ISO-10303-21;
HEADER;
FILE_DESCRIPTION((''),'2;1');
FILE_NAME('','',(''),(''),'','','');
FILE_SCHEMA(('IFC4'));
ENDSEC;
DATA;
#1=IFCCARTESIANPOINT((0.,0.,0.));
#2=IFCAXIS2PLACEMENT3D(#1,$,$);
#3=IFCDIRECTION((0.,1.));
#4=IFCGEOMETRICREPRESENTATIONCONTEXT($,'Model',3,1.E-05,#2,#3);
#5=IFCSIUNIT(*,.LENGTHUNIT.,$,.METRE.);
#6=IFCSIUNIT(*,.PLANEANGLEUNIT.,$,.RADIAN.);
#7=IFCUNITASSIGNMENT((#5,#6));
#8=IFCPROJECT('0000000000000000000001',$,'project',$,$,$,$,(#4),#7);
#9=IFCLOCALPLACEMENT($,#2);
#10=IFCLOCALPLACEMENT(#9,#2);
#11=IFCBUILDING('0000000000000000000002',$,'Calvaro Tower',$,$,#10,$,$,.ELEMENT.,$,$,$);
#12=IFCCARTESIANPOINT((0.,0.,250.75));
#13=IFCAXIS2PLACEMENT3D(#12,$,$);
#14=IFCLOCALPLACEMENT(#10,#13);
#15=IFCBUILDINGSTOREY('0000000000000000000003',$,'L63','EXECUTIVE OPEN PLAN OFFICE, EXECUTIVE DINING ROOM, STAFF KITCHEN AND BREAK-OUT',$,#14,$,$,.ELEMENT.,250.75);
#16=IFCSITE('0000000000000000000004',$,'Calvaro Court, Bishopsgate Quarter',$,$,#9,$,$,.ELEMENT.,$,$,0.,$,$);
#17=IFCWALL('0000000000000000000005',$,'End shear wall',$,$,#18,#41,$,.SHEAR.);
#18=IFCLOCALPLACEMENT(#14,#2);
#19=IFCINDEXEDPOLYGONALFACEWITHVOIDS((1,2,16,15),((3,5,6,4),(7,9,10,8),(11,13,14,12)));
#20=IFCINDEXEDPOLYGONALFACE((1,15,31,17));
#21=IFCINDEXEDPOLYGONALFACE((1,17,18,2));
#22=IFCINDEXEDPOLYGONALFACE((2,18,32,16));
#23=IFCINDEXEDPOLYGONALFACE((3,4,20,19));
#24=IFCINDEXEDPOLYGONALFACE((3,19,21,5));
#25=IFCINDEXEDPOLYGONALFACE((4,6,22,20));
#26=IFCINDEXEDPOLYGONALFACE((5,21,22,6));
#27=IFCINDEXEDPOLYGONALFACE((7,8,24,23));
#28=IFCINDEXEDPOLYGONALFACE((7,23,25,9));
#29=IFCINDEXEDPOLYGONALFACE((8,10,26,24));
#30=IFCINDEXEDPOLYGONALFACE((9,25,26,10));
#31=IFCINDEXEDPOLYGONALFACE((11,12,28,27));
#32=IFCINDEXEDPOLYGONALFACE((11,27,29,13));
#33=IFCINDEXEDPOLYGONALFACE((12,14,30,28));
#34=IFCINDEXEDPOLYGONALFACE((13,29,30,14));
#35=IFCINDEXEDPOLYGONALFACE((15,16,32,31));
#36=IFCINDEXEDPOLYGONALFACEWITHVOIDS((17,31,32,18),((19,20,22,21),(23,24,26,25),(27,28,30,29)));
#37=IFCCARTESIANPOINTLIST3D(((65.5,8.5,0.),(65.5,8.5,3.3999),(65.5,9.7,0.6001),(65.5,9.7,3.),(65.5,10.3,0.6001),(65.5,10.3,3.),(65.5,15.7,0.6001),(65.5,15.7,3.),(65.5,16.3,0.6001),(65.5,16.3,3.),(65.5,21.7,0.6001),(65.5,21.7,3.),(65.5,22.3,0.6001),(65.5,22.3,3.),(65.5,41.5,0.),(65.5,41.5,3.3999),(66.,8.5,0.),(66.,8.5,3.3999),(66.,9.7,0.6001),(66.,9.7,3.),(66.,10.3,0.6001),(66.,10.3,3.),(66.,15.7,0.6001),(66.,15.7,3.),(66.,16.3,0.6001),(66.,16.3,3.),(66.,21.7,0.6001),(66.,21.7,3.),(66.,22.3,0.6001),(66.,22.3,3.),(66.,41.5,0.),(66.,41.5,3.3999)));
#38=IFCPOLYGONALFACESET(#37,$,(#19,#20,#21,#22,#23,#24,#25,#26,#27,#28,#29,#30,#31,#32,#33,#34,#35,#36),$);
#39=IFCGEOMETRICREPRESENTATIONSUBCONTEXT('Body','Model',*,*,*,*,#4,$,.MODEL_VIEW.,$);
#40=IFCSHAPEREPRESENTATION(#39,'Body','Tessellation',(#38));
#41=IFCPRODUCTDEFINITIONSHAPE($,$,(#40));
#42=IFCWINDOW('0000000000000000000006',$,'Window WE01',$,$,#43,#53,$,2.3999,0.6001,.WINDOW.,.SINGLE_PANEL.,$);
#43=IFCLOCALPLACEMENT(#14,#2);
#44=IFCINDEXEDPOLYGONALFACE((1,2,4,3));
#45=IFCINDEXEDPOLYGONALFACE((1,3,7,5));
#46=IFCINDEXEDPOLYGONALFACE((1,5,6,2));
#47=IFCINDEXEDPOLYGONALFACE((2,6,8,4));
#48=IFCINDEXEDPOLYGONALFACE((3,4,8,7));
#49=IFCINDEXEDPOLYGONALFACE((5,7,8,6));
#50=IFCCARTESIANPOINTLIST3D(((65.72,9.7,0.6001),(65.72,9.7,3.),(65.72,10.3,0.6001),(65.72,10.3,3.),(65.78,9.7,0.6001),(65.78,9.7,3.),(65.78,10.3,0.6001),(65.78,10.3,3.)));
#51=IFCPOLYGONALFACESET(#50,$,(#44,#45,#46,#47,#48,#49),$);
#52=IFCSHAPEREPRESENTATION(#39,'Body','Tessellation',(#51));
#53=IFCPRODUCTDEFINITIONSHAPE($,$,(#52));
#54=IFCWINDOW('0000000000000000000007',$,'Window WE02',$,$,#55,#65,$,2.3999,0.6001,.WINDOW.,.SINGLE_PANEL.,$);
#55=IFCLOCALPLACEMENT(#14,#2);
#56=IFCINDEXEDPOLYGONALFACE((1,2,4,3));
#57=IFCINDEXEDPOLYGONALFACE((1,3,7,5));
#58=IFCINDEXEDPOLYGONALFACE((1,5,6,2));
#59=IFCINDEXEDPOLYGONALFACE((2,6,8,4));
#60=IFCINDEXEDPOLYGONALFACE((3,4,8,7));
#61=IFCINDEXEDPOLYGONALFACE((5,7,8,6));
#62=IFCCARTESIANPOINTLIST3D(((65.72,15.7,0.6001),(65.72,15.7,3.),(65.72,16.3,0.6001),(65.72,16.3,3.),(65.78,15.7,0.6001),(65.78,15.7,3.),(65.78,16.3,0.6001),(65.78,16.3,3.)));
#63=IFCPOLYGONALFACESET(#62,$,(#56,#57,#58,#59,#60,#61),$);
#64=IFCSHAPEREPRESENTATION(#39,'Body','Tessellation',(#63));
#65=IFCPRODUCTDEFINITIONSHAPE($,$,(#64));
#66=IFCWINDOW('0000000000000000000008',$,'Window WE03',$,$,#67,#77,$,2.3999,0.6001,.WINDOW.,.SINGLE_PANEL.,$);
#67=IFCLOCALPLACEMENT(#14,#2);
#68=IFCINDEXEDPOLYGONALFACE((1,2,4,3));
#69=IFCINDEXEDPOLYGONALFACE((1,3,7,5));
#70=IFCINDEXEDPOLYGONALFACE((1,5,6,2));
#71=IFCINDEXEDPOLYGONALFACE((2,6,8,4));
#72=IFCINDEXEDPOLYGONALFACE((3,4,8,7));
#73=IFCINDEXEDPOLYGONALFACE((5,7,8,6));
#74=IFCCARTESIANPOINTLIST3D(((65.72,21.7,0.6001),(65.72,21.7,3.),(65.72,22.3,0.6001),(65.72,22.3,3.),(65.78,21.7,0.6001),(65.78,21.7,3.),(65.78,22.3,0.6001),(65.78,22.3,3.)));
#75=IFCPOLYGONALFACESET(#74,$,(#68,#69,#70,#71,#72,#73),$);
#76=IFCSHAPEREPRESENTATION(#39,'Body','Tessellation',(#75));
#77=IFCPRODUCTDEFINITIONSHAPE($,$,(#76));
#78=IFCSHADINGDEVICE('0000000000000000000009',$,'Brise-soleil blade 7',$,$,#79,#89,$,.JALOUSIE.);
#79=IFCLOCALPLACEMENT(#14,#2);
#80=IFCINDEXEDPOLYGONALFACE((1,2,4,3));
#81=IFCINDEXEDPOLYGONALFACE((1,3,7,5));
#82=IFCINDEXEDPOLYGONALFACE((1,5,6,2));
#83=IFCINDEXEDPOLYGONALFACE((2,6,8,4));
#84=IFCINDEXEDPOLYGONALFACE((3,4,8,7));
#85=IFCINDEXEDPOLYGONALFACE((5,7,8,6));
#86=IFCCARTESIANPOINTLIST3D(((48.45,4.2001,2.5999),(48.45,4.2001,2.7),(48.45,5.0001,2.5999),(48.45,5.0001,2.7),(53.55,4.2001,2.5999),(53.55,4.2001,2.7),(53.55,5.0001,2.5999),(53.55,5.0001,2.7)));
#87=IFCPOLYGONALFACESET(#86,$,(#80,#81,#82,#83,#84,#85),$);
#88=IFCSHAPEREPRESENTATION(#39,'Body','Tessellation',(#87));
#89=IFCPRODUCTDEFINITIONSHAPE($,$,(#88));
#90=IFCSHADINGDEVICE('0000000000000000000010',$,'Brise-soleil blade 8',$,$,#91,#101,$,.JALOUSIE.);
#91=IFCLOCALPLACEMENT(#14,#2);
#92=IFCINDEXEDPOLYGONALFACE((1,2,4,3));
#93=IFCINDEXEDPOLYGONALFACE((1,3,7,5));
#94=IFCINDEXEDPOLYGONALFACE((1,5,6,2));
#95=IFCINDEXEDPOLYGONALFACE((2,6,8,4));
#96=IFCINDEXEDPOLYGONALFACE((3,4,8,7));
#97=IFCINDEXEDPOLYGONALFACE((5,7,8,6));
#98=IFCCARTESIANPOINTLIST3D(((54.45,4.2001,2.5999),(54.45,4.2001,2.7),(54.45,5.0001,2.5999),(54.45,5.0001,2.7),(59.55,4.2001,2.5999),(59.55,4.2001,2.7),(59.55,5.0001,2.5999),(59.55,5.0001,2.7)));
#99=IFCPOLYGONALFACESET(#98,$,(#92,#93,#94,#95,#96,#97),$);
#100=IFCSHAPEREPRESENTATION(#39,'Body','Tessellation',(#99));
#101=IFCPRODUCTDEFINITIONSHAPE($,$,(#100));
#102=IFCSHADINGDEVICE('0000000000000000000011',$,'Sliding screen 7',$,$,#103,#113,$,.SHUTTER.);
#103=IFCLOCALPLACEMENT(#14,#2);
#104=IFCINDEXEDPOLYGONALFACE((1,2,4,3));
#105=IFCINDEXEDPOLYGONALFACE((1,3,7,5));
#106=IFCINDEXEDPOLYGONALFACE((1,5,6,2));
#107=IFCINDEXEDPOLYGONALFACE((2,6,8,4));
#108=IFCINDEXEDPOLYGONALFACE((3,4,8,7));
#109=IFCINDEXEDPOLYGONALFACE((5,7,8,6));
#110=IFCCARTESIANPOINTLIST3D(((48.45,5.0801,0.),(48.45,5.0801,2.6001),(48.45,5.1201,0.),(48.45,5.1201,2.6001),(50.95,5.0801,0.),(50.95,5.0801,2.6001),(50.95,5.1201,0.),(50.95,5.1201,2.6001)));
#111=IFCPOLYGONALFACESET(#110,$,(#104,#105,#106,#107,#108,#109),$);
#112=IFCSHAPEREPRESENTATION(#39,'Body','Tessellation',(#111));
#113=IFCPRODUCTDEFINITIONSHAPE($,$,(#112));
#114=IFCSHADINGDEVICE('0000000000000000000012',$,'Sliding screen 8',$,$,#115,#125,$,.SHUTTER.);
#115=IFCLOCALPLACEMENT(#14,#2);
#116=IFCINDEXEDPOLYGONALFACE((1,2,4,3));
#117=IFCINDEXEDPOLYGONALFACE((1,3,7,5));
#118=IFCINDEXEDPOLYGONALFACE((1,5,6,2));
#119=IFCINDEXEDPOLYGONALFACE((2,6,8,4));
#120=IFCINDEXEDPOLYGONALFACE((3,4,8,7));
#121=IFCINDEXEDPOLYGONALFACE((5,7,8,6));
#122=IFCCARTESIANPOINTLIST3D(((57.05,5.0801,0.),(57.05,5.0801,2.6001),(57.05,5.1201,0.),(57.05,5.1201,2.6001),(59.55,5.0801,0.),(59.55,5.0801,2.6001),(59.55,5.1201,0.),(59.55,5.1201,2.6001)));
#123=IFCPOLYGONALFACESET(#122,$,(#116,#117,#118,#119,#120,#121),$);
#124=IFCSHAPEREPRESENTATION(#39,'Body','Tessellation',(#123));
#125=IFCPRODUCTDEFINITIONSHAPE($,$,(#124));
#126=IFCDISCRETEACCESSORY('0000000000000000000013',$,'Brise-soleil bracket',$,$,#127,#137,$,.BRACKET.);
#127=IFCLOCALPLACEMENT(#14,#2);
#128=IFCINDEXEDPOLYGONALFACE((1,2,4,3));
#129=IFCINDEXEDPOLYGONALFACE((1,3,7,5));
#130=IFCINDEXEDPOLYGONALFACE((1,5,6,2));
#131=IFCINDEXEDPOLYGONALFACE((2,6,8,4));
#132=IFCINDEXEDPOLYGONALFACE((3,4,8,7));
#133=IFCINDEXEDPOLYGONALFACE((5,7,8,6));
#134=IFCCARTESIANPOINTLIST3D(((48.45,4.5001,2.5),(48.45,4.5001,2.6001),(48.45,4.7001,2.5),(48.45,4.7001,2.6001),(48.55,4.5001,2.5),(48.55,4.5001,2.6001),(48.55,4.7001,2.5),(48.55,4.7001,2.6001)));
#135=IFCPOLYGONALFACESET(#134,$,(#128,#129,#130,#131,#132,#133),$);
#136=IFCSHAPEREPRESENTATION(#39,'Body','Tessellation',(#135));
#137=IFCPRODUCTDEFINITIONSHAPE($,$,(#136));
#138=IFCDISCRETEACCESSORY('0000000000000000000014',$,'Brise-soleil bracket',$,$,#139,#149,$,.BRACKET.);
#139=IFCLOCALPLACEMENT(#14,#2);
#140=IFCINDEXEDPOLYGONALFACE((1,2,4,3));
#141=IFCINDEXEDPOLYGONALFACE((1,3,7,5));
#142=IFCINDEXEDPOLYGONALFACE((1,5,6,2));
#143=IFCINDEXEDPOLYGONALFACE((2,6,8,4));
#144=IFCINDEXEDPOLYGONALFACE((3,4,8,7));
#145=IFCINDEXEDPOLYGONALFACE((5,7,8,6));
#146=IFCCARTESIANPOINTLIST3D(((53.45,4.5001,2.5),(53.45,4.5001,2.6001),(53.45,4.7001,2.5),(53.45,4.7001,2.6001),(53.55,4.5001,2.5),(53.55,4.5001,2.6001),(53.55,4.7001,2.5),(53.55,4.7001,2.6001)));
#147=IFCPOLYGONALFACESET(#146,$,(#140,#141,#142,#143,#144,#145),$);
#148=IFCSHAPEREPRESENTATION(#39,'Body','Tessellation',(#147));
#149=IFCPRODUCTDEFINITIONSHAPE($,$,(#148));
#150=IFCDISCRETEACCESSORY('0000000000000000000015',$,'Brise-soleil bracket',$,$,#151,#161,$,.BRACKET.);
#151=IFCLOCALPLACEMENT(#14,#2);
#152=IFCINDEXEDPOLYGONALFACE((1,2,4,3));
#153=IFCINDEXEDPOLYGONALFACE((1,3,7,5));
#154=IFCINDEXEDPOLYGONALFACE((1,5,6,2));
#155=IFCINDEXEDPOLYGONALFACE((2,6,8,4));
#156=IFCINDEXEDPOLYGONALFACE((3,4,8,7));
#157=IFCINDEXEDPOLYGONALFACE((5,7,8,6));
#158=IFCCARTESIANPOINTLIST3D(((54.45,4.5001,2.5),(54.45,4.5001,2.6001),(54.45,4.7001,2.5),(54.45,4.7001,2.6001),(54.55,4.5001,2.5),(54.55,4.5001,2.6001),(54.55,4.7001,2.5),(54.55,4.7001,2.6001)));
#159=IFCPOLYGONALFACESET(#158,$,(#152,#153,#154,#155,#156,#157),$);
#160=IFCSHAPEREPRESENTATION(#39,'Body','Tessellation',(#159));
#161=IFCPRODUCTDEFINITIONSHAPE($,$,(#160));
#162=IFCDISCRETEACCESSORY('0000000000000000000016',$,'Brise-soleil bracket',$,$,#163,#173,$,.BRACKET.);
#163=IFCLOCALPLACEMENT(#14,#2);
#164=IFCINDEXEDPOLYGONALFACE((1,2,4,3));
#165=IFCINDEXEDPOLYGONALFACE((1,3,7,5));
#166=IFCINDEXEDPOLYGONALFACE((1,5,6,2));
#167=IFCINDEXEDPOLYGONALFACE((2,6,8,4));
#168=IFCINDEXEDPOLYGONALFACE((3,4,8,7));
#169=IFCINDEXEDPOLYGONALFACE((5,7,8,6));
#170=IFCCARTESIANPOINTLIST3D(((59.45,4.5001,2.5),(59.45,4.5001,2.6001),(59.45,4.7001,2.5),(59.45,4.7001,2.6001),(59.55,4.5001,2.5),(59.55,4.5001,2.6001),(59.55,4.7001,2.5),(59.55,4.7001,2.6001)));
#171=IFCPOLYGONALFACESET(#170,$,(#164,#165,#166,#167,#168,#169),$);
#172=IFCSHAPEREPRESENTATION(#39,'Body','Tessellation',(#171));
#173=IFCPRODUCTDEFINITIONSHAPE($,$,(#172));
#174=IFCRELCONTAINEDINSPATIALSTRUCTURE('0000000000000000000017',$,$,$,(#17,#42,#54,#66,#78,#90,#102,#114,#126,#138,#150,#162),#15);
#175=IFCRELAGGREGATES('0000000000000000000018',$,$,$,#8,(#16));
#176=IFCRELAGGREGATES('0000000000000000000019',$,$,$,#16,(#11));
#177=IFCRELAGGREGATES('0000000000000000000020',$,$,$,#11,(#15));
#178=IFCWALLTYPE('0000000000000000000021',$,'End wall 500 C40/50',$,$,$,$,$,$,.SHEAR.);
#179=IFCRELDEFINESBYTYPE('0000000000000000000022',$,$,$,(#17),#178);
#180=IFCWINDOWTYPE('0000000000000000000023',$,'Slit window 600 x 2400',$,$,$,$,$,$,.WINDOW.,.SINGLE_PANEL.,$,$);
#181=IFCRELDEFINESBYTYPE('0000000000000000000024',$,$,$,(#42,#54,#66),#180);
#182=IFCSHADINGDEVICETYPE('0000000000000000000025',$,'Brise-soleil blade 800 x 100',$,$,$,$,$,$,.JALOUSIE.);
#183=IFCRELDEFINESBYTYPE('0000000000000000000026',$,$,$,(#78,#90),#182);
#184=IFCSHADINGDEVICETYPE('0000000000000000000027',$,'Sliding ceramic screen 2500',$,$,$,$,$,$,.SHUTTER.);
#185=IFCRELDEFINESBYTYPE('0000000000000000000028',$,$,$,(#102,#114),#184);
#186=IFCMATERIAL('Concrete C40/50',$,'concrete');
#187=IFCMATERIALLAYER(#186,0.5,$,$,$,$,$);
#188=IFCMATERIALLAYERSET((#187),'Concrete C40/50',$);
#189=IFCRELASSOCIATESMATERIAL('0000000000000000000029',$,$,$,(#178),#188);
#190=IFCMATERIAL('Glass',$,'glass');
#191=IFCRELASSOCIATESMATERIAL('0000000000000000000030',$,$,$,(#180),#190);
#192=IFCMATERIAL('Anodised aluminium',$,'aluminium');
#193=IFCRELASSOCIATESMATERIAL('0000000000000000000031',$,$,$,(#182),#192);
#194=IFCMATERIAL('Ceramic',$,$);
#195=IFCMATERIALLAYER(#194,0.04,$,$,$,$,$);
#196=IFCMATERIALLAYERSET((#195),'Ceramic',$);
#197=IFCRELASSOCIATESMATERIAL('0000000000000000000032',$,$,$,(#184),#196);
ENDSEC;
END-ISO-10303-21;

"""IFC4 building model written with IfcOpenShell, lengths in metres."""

from ifc_helpers import new_model, si_unit, direction, frame, frame_2d, origin, origin_2d, place, context, subcontext, project, spatial, rectangle, extrude, material, layer, layer_set, material_profile, profile_set, type_object, element, fill, save


model = new_model("IFC4")

# Units and contexts
model_context = context("Model", 3, precision=1e-05, world=origin(), true_north=direction((0.0, 1.0)))
body_context = subcontext(model_context, "Body", "Model", "MODEL_VIEW")
ifc_project = project(units=[si_unit("LENGTHUNIT", "METRE"), si_unit("PLANEANGLEUNIT", "RADIAN")], contexts=[model_context])

# Site, building, storey
site_placement = place(None, origin())
site = spatial("IfcSite", under=ifc_project, at=site_placement, Name="Calvaro Court, Bishopsgate Quarter", CompositionType="ELEMENT", RefElevation=0.0)
building_placement = place(site_placement, origin())
building = spatial("IfcBuilding", under=site, at=building_placement, Name="Calvaro Tower", CompositionType="ELEMENT")
storey_placement = place(building_placement, frame((0.0, 0.0, 250.75)))
storey = spatial("IfcBuildingStorey", under=building, at=storey_placement, Name="L63", Description="EXECUTIVE OPEN PLAN OFFICE, EXECUTIVE DINING ROOM, STAFF KITCHEN AND BREAK-OUT", CompositionType="ELEMENT", Elevation=250.75)

# Wall, openings, windows
ifc_material_1 = material(Name="Concrete C40/50", Category="concrete")
ifc_layer_1 = layer(ifc_material_1, 0.5)
ifc_layer_set_1 = layer_set([ifc_layer_1], Name="Concrete C40/50")
wall_type = type_object("IfcWallType", Name="End wall 500 C40/50", PredefinedType="SHEAR", material=ifc_layer_set_1)
wall_placement = place(storey_placement, frame((65.75, 8.5, 0.0), z_axis=(0.0, 0.0, 1.0), x_axis=(0.0, 1.0, 0.0)))
wall = element("IfcWall", 1, at=wall_placement, inside=storey, type_object=wall_type, Name="End shear wall", PredefinedType="SHEAR", context=body_context, shape_type="SweptSolid", body=[
    extrude(rectangle(XDim=33.0, YDim=0.5, at=frame_2d((16.5, 0.0))), origin(), (0.0, 0.0, 1.0), 3.3999),
])
opening_1_placement = place(wall_placement, frame((1.2, 0.0, 0.6001)))
opening_1 = element("IfcOpeningElement", 2, at=opening_1_placement, cuts=wall, PredefinedType="OPENING", context=body_context, shape_type="SweptSolid", body=[
    extrude(rectangle(XDim=0.6001, YDim=2.3999, at=frame_2d((0.3, 1.2))), frame((0.0, 0.26, 0.0), z_axis=(0.0, -1.0, 0.0), x_axis=(1.0, 0.0, 0.0)), (0.0, 0.0, 1.0), 0.52),
])
opening_2_placement = place(wall_placement, frame((7.2, 0.0, 0.6001)))
opening_2 = element("IfcOpeningElement", 3, at=opening_2_placement, cuts=wall, PredefinedType="OPENING", context=body_context, shape_type="SweptSolid", body=[
    extrude(rectangle(XDim=0.6001, YDim=2.3999, at=frame_2d((0.3, 1.2))), frame((0.0, 0.26, 0.0), z_axis=(0.0, -1.0, 0.0), x_axis=(1.0, 0.0, 0.0)), (0.0, 0.0, 1.0), 0.52),
])
opening_3_placement = place(wall_placement, frame((13.2, 0.0, 0.6001)))
opening_3 = element("IfcOpeningElement", 4, at=opening_3_placement, cuts=wall, PredefinedType="OPENING", context=body_context, shape_type="SweptSolid", body=[
    extrude(rectangle(XDim=0.6001, YDim=2.3999, at=frame_2d((0.3, 1.2))), frame((0.0, 0.26, 0.0), z_axis=(0.0, -1.0, 0.0), x_axis=(1.0, 0.0, 0.0)), (0.0, 0.0, 1.0), 0.52),
])
ifc_material_2 = material(Name="Glass", Category="glass")
window_type = type_object("IfcWindowType", Name="Slit window 600 x 2400", PartitioningType="SINGLE_PANEL", PredefinedType="WINDOW", material=ifc_material_2)
window_1_placement = place(opening_1_placement, origin())
window_1 = element("IfcWindow", 5, at=window_1_placement, inside=storey, type_object=window_type, Name="Window WE01", OverallHeight=2.3999, OverallWidth=0.6001, PartitioningType="SINGLE_PANEL", PredefinedType="WINDOW", context=body_context, shape_type="SweptSolid", body=[
    extrude(rectangle(XDim=0.6001, YDim=2.3999, at=frame_2d((0.3, 1.2))), frame((0.0, 0.03, 0.0), z_axis=(0.0, -1.0, 0.0), x_axis=(1.0, 0.0, 0.0)), (0.0, 0.0, 1.0), 0.0601),
])
fill(opening_1, window_1)
window_2_placement = place(opening_2_placement, origin())
window_2 = element("IfcWindow", 6, at=window_2_placement, inside=storey, type_object=window_type, Name="Window WE02", OverallHeight=2.3999, OverallWidth=0.6001, PartitioningType="SINGLE_PANEL", PredefinedType="WINDOW", context=body_context, shape_type="SweptSolid", body=[
    extrude(rectangle(XDim=0.6001, YDim=2.3999, at=frame_2d((0.3, 1.2))), frame((0.0, 0.03, 0.0), z_axis=(0.0, -1.0, 0.0), x_axis=(1.0, 0.0, 0.0)), (0.0, 0.0, 1.0), 0.0601),
])
fill(opening_2, window_2)
window_3_placement = place(opening_3_placement, origin())
window_3 = element("IfcWindow", 7, at=window_3_placement, inside=storey, type_object=window_type, Name="Window WE03", OverallHeight=2.3999, OverallWidth=0.6001, PartitioningType="SINGLE_PANEL", PredefinedType="WINDOW", context=body_context, shape_type="SweptSolid", body=[
    extrude(rectangle(XDim=0.6001, YDim=2.3999, at=frame_2d((0.3, 1.2))), frame((0.0, 0.03, 0.0), z_axis=(0.0, -1.0, 0.0), x_axis=(1.0, 0.0, 0.0)), (0.0, 0.0, 1.0), 0.0601),
])
fill(opening_3, window_3)

# Shading devices
ifc_material_3 = material(Name="Anodised aluminium", Category="aluminium")
ifc_material_profile_1 = material_profile(ifc_material_3, rectangle(XDim=0.8, YDim=0.1001, at=origin_2d()), Name="Brise-soleil blade 800 x 100")
ifc_profile_set_1 = profile_set([ifc_material_profile_1], Name="Anodised aluminium")
shading_device_type_1 = type_object("IfcShadingDeviceType", Name="Brise-soleil blade 800 x 100", PredefinedType="JALOUSIE", material=ifc_profile_set_1)
for number, where, z_axis, x_axis, name in (
    (8, (48.45, 4.6001, 2.6499), (1.0, 0.0, 0.0), (0.0, 1.0, 0.0), "Brise-soleil blade 7"),
    (9, (54.45, 4.6001, 2.6499), (1.0, 0.0, 0.0), (0.0, 1.0, 0.0), "Brise-soleil blade 8"),
):
    element("IfcShadingDevice", number, at=place(storey_placement, frame(where, z_axis=z_axis, x_axis=x_axis)), inside=storey, type_object=shading_device_type_1, Name=name, PredefinedType="JALOUSIE", context=body_context, shape_type="SweptSolid", body=[
        extrude(rectangle(XDim=0.8, YDim=0.1001, at=origin_2d()), origin(), (0.0, 0.0, 1.0), 5.1001),
    ])
ifc_material_4 = material(Name="Ceramic")
ifc_layer_2 = layer(ifc_material_4, 0.04)
ifc_layer_set_2 = layer_set([ifc_layer_2], Name="Ceramic")
shading_device_type_2 = type_object("IfcShadingDeviceType", Name="Sliding ceramic screen 2500", PredefinedType="SHUTTER", material=ifc_layer_set_2)
for number, where, z_axis, x_axis, name in (
    (10, (49.7, 5.1001, 0.0), (0.0, 0.0, 1.0), (1.0, 0.0, 0.0), "Sliding screen 7"),
    (11, (58.3, 5.1001, 0.0), (0.0, 0.0, 1.0), (1.0, 0.0, 0.0), "Sliding screen 8"),
):
    element("IfcShadingDevice", number, at=place(storey_placement, frame(where, z_axis=z_axis, x_axis=x_axis)), inside=storey, type_object=shading_device_type_2, Name=name, PredefinedType="SHUTTER", context=body_context, shape_type="SweptSolid", body=[
        extrude(rectangle(XDim=2.5, YDim=0.04, at=origin_2d()), origin(), (0.0, 0.0, 1.0), 2.6001),
    ])

# Discrete accessories
for number, where, z_axis, x_axis, name in (
    (12, (48.5, 4.6001, 2.5), (0.0, 0.0, 1.0), (1.0, 0.0, 0.0), "Brise-soleil bracket"),
    (13, (53.5, 4.6001, 2.5), (0.0, 0.0, 1.0), (1.0, 0.0, 0.0), "Brise-soleil bracket"),
    (14, (54.5, 4.6001, 2.5), (0.0, 0.0, 1.0), (1.0, 0.0, 0.0), "Brise-soleil bracket"),
    (15, (59.5, 4.6001, 2.5), (0.0, 0.0, 1.0), (1.0, 0.0, 0.0), "Brise-soleil bracket"),
):
    element("IfcDiscreteAccessory", number, at=place(storey_placement, frame(where, z_axis=z_axis, x_axis=x_axis)), inside=storey, Name=name, PredefinedType="BRACKET", context=body_context, shape_type="SweptSolid", body=[
        extrude(rectangle(XDim=0.1001, YDim=0.2, at=origin_2d()), origin(), (0.0, 0.0, 1.0), 0.1001),
    ])

save(model, "model.ifc")
